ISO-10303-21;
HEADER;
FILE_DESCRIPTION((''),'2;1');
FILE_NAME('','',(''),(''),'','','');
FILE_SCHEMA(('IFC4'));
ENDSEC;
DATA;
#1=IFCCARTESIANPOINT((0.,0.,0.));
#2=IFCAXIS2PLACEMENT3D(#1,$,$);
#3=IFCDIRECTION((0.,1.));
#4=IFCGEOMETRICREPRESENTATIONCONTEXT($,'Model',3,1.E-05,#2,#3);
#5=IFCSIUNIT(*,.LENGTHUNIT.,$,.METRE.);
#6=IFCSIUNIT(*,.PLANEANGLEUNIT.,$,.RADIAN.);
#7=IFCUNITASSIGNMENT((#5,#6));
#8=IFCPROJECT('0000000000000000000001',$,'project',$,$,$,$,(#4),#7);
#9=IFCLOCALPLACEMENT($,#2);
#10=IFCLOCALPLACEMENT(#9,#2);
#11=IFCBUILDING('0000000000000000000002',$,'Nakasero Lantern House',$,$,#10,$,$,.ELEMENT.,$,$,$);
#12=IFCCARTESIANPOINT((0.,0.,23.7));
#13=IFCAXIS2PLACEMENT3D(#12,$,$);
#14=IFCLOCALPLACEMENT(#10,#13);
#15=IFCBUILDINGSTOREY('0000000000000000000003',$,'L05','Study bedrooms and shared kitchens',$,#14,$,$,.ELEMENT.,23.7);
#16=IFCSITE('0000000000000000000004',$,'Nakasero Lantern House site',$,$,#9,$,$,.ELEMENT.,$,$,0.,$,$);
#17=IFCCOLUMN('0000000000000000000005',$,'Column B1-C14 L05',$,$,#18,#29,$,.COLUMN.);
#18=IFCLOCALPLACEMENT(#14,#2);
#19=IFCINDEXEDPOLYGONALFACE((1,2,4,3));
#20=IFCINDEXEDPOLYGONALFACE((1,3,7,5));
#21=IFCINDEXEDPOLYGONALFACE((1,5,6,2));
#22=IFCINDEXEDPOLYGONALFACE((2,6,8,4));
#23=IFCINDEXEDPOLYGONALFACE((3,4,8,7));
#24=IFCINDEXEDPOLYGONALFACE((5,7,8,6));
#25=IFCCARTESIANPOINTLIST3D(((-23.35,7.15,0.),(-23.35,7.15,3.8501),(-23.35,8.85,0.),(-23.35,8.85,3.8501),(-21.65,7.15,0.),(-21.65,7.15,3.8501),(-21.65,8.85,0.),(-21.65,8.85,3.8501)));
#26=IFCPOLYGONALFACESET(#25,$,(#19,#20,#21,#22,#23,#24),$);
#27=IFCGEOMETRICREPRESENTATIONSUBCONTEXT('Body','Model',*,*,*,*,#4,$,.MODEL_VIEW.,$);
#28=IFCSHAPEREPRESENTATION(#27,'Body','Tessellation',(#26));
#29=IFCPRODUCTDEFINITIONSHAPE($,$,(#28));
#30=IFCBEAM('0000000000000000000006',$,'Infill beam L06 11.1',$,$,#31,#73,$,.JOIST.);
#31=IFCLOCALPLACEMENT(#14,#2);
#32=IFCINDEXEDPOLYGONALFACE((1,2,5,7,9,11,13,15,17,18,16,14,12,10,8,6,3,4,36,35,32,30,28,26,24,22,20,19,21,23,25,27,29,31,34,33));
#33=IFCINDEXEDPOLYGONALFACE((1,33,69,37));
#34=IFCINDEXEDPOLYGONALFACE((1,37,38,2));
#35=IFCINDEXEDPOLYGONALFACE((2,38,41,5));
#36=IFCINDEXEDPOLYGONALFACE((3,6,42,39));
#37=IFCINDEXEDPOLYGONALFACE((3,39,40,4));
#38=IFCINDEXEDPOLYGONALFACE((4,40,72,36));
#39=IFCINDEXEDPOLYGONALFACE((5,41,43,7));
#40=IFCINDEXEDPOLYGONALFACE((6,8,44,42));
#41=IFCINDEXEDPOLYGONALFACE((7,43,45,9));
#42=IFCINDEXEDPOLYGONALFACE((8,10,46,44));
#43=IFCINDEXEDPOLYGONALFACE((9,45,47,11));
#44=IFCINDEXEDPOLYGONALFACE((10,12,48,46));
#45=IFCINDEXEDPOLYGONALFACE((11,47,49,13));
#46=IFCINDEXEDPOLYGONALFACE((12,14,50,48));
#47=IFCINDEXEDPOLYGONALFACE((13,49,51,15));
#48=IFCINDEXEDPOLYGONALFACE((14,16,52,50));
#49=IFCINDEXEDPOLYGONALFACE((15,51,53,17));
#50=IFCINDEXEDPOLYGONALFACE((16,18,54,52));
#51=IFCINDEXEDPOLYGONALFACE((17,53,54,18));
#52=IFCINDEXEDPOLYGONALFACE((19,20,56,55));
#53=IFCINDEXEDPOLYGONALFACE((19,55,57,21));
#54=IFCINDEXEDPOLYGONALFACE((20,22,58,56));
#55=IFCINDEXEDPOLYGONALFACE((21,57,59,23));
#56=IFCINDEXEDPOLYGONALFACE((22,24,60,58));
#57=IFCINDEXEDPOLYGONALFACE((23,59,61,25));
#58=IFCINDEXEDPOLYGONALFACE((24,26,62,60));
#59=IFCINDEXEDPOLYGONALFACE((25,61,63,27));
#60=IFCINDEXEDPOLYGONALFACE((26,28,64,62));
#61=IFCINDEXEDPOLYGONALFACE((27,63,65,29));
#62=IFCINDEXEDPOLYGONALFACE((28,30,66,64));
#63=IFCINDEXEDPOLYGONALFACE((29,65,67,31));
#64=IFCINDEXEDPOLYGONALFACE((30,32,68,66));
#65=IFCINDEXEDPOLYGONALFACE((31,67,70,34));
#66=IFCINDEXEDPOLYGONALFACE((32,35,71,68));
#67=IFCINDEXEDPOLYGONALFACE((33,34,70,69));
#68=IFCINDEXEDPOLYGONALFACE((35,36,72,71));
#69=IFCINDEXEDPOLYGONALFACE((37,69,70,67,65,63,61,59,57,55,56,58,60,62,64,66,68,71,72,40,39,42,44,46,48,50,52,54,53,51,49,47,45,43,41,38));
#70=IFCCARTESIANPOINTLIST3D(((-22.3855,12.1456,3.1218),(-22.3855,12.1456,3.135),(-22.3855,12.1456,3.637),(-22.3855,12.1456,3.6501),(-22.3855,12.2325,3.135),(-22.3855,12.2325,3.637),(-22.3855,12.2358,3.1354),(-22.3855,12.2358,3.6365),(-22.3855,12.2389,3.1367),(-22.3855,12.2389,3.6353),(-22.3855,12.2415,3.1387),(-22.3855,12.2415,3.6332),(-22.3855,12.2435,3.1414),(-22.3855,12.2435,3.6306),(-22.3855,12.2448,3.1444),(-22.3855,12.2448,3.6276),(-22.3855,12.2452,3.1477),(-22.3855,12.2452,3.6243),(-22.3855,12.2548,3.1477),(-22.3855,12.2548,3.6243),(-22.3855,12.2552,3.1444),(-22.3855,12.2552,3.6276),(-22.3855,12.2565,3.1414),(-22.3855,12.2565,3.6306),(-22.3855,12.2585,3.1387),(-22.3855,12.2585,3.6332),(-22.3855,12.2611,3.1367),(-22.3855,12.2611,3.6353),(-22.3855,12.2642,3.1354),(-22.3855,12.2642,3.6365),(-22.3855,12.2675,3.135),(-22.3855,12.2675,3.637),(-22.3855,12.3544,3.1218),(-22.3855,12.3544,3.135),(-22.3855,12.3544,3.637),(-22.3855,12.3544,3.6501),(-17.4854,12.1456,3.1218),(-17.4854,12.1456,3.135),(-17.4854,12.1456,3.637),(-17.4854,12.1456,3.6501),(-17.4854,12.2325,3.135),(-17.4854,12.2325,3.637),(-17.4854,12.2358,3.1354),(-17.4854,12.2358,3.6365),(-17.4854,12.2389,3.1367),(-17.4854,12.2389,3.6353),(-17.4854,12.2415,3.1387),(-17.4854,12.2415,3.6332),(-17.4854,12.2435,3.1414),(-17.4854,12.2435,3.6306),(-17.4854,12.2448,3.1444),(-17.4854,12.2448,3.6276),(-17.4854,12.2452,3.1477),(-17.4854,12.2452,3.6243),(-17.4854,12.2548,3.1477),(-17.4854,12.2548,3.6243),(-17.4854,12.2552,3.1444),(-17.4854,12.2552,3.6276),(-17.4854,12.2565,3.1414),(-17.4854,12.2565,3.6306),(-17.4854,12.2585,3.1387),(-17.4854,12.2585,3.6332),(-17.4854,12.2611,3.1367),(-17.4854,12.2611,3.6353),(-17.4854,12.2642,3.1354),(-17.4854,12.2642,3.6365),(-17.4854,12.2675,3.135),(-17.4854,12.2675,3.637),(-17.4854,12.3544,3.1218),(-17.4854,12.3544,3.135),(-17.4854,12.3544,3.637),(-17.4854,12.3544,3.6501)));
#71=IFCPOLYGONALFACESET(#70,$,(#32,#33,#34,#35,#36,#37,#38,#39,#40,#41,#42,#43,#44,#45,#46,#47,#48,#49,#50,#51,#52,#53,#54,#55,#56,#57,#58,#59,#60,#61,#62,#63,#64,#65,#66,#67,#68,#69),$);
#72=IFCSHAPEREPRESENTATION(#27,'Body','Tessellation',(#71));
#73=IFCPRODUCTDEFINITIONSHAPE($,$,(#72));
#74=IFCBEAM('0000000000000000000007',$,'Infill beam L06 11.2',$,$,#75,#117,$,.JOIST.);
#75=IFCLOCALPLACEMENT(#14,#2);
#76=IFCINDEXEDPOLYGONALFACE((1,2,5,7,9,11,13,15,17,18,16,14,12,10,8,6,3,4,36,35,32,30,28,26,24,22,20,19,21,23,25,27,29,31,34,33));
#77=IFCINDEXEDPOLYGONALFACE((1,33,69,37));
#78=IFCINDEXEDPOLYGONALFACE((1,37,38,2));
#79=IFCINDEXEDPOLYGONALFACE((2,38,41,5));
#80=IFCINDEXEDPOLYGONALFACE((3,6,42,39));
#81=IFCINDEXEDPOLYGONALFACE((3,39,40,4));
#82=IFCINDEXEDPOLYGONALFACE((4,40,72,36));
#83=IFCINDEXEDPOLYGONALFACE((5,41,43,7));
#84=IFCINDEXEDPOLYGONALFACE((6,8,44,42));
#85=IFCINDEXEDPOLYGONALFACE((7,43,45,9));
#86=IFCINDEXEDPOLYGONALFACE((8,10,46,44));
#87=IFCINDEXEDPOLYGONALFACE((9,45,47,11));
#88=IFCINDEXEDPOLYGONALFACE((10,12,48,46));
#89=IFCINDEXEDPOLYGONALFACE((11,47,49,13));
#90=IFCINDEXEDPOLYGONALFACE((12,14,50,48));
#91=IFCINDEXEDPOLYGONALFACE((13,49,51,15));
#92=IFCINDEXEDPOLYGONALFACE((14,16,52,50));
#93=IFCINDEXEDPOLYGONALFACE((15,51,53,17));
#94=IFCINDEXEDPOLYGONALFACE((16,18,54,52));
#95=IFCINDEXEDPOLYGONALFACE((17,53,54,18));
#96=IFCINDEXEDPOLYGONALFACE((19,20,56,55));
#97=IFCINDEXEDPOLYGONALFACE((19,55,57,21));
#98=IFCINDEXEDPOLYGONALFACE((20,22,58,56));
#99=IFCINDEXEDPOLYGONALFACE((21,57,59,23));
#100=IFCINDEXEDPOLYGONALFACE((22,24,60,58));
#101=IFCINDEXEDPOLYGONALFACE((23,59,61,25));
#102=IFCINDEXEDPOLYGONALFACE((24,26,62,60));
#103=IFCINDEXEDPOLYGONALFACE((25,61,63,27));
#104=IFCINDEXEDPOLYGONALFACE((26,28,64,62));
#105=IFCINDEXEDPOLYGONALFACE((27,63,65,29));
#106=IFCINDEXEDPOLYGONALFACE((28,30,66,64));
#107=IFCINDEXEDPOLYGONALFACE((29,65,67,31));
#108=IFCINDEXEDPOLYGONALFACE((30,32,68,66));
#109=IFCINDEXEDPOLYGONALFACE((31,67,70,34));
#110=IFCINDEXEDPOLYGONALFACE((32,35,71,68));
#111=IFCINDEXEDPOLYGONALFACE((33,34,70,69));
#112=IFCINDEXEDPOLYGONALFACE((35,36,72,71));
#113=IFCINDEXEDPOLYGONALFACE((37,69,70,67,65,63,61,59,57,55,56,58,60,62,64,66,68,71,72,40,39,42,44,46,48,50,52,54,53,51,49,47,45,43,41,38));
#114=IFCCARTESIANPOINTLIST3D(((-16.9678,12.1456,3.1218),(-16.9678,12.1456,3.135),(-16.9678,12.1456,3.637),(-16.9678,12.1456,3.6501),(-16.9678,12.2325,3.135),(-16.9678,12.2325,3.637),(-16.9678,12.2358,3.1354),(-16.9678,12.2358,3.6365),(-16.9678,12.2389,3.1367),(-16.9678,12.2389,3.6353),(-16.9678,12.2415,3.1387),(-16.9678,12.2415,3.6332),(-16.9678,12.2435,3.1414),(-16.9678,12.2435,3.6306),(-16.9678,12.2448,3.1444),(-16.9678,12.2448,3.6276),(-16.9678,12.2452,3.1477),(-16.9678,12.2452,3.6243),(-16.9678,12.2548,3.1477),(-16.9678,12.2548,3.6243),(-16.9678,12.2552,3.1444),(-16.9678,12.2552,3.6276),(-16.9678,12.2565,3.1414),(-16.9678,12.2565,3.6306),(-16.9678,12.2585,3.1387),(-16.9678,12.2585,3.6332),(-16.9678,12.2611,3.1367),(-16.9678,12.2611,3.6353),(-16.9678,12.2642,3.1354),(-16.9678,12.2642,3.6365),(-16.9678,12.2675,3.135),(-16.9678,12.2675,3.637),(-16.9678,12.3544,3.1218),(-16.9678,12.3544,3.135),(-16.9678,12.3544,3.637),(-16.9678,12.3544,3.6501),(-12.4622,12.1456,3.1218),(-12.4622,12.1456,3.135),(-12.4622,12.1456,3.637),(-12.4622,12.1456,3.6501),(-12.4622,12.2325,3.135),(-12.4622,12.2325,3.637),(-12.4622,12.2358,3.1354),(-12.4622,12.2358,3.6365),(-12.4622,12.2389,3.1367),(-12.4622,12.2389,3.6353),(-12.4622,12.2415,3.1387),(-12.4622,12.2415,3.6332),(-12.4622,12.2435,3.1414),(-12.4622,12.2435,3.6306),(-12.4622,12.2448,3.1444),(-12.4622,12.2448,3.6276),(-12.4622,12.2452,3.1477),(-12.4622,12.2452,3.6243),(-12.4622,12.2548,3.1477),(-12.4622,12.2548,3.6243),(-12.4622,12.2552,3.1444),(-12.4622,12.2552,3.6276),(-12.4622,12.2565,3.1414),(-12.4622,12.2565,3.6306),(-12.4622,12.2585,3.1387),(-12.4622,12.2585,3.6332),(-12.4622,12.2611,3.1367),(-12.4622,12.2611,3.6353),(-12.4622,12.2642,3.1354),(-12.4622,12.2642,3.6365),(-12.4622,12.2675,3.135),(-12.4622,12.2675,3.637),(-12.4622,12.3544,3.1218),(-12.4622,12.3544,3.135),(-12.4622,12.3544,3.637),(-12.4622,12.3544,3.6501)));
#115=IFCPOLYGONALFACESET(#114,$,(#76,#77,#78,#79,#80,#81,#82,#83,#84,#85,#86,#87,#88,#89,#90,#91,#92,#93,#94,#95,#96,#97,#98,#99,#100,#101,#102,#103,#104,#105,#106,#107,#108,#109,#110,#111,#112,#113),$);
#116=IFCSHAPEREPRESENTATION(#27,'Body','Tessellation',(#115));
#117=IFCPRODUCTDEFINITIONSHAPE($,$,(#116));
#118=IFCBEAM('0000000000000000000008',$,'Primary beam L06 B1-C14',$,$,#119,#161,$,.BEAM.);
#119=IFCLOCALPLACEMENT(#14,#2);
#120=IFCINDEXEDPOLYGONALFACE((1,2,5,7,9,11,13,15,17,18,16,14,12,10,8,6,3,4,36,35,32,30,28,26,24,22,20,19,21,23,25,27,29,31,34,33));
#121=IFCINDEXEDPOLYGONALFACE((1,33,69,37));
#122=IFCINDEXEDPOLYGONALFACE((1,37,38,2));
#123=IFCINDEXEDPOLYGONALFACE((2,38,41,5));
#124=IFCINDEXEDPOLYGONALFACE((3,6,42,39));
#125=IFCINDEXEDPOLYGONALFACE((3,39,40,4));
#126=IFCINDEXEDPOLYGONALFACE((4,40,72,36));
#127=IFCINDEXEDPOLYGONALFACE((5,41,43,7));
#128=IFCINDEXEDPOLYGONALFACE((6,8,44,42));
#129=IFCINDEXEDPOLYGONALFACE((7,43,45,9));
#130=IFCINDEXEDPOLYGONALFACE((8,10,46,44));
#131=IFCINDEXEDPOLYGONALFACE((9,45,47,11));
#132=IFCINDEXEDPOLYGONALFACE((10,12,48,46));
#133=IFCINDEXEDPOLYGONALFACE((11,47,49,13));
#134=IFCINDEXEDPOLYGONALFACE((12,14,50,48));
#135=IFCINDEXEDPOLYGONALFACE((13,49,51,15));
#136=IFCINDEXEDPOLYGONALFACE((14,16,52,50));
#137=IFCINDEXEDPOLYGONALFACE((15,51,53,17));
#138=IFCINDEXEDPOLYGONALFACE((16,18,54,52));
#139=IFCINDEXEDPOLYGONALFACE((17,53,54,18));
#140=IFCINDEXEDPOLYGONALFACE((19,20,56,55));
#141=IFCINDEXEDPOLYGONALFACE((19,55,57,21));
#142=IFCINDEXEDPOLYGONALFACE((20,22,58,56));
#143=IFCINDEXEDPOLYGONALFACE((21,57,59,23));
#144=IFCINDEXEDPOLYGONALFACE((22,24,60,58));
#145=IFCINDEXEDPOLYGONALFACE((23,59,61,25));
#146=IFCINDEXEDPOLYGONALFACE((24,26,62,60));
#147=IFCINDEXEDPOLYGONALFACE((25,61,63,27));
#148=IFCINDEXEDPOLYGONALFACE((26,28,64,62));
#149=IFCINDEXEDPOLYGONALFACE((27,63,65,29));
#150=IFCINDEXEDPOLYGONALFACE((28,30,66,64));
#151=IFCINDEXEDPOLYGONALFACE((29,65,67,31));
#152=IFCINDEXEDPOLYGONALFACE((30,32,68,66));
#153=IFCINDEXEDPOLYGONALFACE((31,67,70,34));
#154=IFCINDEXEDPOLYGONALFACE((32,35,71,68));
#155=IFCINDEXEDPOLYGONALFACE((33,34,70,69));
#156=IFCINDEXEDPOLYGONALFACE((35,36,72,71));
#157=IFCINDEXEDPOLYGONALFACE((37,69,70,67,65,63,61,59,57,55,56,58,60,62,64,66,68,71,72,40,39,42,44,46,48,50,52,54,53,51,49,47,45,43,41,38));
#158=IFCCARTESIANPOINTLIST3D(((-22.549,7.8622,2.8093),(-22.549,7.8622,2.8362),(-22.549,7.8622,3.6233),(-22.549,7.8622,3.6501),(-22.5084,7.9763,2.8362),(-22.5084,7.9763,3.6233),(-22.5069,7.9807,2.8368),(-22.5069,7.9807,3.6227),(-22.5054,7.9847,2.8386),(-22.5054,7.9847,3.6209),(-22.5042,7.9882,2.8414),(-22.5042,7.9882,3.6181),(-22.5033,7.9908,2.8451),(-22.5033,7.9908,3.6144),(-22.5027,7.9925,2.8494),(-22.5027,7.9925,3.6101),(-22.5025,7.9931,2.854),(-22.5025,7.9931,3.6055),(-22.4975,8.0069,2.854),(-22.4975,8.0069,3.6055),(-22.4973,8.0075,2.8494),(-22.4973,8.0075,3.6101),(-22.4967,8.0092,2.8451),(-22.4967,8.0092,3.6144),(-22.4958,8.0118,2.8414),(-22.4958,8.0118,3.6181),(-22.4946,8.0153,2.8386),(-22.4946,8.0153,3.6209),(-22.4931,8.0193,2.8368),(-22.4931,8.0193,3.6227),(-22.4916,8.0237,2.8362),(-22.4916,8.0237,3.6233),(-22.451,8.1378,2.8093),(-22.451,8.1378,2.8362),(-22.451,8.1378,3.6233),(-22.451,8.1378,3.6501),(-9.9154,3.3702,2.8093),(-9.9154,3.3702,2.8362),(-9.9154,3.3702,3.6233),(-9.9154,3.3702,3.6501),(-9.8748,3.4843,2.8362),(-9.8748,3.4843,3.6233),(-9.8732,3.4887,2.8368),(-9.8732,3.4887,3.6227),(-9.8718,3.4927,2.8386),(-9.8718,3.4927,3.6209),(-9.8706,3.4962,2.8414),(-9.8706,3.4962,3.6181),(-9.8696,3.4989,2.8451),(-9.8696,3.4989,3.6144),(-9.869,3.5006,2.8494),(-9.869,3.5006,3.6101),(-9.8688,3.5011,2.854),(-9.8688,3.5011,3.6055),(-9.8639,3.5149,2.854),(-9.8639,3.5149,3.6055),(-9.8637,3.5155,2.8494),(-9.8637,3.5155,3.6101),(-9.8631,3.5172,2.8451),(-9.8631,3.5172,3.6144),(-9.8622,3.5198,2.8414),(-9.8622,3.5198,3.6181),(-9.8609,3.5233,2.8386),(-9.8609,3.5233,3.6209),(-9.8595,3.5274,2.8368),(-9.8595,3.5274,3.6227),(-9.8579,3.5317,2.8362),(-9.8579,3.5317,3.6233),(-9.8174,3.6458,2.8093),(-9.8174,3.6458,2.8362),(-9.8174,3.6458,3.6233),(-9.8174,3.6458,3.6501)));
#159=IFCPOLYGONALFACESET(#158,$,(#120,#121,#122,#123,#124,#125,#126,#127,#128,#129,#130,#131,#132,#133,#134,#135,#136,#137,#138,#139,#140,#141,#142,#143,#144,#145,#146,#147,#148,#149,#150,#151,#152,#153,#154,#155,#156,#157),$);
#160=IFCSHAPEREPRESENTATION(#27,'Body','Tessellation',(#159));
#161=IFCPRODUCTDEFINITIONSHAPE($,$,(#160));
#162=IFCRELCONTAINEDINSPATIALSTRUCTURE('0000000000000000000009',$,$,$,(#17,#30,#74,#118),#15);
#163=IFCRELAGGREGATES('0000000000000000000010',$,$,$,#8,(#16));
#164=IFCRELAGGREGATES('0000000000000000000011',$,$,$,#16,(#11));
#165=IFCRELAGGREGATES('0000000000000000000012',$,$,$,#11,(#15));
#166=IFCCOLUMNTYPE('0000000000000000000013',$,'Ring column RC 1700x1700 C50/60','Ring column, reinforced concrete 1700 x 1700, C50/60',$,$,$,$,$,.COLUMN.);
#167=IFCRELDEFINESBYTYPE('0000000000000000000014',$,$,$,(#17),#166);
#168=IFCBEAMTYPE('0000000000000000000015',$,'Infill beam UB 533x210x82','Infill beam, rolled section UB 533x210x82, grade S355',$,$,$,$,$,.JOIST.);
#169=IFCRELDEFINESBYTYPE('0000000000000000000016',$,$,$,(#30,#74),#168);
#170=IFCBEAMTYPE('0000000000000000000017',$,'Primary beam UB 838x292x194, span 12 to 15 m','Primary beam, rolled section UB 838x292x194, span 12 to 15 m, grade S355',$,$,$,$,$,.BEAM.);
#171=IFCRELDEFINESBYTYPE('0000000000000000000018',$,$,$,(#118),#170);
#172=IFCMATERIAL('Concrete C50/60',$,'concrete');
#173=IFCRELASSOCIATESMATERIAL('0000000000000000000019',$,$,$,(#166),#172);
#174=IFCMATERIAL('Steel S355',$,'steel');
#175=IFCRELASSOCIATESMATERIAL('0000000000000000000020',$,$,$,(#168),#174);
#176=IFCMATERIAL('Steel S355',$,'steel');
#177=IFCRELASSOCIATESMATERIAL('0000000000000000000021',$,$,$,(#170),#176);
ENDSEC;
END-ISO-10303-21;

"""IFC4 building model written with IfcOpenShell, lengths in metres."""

from ifc_helpers import new_model, si_unit, direction, frame, origin, origin_2d, place, context, subcontext, project, spatial, rectangle, i_section, extrude, material, material_profile, profile_set, type_object, element, save


model = new_model("IFC4")

# Units and contexts
model_context = context("Model", 3, precision=1e-05, world=origin(), true_north=direction((0.0, 1.0)))
body_context = subcontext(model_context, "Body", "Model", "MODEL_VIEW")
ifc_project = project(units=[si_unit("LENGTHUNIT", "METRE"), si_unit("PLANEANGLEUNIT", "RADIAN")], contexts=[model_context])

# Site, building, storey
site_placement = place(None, origin())
site = spatial("IfcSite", under=ifc_project, at=site_placement, Name="Nakasero Lantern House site", CompositionType="ELEMENT", RefElevation=0.0)
building_placement = place(site_placement, origin())
building = spatial("IfcBuilding", under=site, at=building_placement, Name="Nakasero Lantern House", CompositionType="ELEMENT")
storey_placement = place(building_placement, frame((0.0, 0.0, 23.7)))
storey = spatial("IfcBuildingStorey", under=building, at=storey_placement, Name="L05", Description="Study bedrooms and shared kitchens", CompositionType="ELEMENT", Elevation=23.7)

# Column
ifc_material_1 = material(Name="Concrete C50/60", Category="concrete")
ifc_material_profile_1 = material_profile(ifc_material_1, rectangle(XDim=1.7, YDim=1.7, at=origin_2d()), Name="RC 1700x1700")
ifc_profile_set_1 = profile_set([ifc_material_profile_1], Name="Concrete C50/60")
column_type = type_object("IfcColumnType", Name="Ring column RC 1700x1700 C50/60", Description="Ring column, reinforced concrete 1700 x 1700, C50/60", PredefinedType="COLUMN", material=ifc_profile_set_1)
column_placement = place(storey_placement, frame((-22.5, 8.0, 0.0), z_axis=(0.0, 0.0, 1.0), x_axis=(1.0, 0.0, 0.0)))
element("IfcColumn", 1, at=column_placement, inside=storey, type_object=column_type, Name="Column B1-C14 L05", PredefinedType="COLUMN", context=body_context, shape_type="SweptSolid", body=[
    extrude(rectangle(XDim=1.7, YDim=1.7, at=origin_2d()), origin(), (0.0, 0.0, 1.0), 3.8501),
])

# Beams
ifc_material_2 = material(Name="Steel S355", Category="steel")
ifc_material_profile_2 = material_profile(ifc_material_2, i_section(OverallWidth=0.2087, OverallDepth=0.5283, WebThickness=0.0095, FlangeThickness=0.0132, FilletRadius=0.0127, at=origin_2d()), Name="UB 533x210x82")
ifc_profile_set_2 = profile_set([ifc_material_profile_2], Name="Steel S355")
beam_type_1 = type_object("IfcBeamType", Name="Infill beam UB 533x210x82", Description="Infill beam, rolled section UB 533x210x82, grade S355", PredefinedType="JOIST", material=ifc_profile_set_2)
beam_1_placement = place(storey_placement, frame((-22.3855, 12.25, 3.386), z_axis=(1.0, 0.0, 0.0), x_axis=(0.0, 1.0, 0.0)))
element("IfcBeam", 2, at=beam_1_placement, inside=storey, type_object=beam_type_1, Name="Infill beam L06 11.1", PredefinedType="JOIST", context=body_context, shape_type="SweptSolid", body=[
    extrude(i_section(OverallWidth=0.2087, OverallDepth=0.5283, WebThickness=0.0095, FlangeThickness=0.0132, FilletRadius=0.0127, at=origin_2d()), origin(), (0.0, 0.0, 1.0), 4.9001),
])
beam_2_placement = place(storey_placement, frame((-16.9678, 12.25, 3.386), z_axis=(1.0, 0.0, 0.0), x_axis=(0.0, 1.0, 0.0)))
element("IfcBeam", 3, at=beam_2_placement, inside=storey, type_object=beam_type_1, Name="Infill beam L06 11.2", PredefinedType="JOIST", context=body_context, shape_type="SweptSolid", body=[
    extrude(i_section(OverallWidth=0.2087, OverallDepth=0.5283, WebThickness=0.0095, FlangeThickness=0.0132, FilletRadius=0.0127, at=origin_2d()), origin(), (0.0, 0.0, 1.0), 4.5056),
])
ifc_material_3 = material(Name="Steel S355", Category="steel")
ifc_material_profile_3 = material_profile(ifc_material_3, i_section(OverallWidth=0.2925, OverallDepth=0.8408, WebThickness=0.0146, FlangeThickness=0.0269, FilletRadius=0.0178, at=origin_2d()), Name="UB 838x292x194")
ifc_profile_set_3 = profile_set([ifc_material_profile_3], Name="Steel S355")
beam_type_2 = type_object("IfcBeamType", Name="Primary beam UB 838x292x194, span 12 to 15 m", Description="Primary beam, rolled section UB 838x292x194, span 12 to 15 m, grade S355", PredefinedType="BEAM", material=ifc_profile_set_3)
beam_3_placement = place(storey_placement, frame((-22.5, 8.0, 3.2297), z_axis=(0.942214, -0.335011, 0.0), x_axis=(0.335011, 0.942214, 0.0)))
element("IfcBeam", 4, at=beam_3_placement, inside=storey, type_object=beam_type_2, Name="Primary beam L06 B1-C14", PredefinedType="BEAM", context=body_context, shape_type="SweptSolid", body=[
    extrude(i_section(OverallWidth=0.2925, OverallDepth=0.8408, WebThickness=0.0146, FlangeThickness=0.0269, FilletRadius=0.0178, at=origin_2d()), origin(), (0.0, 0.0, 1.0), 13.4084),
])

save(model, "model.ifc")
